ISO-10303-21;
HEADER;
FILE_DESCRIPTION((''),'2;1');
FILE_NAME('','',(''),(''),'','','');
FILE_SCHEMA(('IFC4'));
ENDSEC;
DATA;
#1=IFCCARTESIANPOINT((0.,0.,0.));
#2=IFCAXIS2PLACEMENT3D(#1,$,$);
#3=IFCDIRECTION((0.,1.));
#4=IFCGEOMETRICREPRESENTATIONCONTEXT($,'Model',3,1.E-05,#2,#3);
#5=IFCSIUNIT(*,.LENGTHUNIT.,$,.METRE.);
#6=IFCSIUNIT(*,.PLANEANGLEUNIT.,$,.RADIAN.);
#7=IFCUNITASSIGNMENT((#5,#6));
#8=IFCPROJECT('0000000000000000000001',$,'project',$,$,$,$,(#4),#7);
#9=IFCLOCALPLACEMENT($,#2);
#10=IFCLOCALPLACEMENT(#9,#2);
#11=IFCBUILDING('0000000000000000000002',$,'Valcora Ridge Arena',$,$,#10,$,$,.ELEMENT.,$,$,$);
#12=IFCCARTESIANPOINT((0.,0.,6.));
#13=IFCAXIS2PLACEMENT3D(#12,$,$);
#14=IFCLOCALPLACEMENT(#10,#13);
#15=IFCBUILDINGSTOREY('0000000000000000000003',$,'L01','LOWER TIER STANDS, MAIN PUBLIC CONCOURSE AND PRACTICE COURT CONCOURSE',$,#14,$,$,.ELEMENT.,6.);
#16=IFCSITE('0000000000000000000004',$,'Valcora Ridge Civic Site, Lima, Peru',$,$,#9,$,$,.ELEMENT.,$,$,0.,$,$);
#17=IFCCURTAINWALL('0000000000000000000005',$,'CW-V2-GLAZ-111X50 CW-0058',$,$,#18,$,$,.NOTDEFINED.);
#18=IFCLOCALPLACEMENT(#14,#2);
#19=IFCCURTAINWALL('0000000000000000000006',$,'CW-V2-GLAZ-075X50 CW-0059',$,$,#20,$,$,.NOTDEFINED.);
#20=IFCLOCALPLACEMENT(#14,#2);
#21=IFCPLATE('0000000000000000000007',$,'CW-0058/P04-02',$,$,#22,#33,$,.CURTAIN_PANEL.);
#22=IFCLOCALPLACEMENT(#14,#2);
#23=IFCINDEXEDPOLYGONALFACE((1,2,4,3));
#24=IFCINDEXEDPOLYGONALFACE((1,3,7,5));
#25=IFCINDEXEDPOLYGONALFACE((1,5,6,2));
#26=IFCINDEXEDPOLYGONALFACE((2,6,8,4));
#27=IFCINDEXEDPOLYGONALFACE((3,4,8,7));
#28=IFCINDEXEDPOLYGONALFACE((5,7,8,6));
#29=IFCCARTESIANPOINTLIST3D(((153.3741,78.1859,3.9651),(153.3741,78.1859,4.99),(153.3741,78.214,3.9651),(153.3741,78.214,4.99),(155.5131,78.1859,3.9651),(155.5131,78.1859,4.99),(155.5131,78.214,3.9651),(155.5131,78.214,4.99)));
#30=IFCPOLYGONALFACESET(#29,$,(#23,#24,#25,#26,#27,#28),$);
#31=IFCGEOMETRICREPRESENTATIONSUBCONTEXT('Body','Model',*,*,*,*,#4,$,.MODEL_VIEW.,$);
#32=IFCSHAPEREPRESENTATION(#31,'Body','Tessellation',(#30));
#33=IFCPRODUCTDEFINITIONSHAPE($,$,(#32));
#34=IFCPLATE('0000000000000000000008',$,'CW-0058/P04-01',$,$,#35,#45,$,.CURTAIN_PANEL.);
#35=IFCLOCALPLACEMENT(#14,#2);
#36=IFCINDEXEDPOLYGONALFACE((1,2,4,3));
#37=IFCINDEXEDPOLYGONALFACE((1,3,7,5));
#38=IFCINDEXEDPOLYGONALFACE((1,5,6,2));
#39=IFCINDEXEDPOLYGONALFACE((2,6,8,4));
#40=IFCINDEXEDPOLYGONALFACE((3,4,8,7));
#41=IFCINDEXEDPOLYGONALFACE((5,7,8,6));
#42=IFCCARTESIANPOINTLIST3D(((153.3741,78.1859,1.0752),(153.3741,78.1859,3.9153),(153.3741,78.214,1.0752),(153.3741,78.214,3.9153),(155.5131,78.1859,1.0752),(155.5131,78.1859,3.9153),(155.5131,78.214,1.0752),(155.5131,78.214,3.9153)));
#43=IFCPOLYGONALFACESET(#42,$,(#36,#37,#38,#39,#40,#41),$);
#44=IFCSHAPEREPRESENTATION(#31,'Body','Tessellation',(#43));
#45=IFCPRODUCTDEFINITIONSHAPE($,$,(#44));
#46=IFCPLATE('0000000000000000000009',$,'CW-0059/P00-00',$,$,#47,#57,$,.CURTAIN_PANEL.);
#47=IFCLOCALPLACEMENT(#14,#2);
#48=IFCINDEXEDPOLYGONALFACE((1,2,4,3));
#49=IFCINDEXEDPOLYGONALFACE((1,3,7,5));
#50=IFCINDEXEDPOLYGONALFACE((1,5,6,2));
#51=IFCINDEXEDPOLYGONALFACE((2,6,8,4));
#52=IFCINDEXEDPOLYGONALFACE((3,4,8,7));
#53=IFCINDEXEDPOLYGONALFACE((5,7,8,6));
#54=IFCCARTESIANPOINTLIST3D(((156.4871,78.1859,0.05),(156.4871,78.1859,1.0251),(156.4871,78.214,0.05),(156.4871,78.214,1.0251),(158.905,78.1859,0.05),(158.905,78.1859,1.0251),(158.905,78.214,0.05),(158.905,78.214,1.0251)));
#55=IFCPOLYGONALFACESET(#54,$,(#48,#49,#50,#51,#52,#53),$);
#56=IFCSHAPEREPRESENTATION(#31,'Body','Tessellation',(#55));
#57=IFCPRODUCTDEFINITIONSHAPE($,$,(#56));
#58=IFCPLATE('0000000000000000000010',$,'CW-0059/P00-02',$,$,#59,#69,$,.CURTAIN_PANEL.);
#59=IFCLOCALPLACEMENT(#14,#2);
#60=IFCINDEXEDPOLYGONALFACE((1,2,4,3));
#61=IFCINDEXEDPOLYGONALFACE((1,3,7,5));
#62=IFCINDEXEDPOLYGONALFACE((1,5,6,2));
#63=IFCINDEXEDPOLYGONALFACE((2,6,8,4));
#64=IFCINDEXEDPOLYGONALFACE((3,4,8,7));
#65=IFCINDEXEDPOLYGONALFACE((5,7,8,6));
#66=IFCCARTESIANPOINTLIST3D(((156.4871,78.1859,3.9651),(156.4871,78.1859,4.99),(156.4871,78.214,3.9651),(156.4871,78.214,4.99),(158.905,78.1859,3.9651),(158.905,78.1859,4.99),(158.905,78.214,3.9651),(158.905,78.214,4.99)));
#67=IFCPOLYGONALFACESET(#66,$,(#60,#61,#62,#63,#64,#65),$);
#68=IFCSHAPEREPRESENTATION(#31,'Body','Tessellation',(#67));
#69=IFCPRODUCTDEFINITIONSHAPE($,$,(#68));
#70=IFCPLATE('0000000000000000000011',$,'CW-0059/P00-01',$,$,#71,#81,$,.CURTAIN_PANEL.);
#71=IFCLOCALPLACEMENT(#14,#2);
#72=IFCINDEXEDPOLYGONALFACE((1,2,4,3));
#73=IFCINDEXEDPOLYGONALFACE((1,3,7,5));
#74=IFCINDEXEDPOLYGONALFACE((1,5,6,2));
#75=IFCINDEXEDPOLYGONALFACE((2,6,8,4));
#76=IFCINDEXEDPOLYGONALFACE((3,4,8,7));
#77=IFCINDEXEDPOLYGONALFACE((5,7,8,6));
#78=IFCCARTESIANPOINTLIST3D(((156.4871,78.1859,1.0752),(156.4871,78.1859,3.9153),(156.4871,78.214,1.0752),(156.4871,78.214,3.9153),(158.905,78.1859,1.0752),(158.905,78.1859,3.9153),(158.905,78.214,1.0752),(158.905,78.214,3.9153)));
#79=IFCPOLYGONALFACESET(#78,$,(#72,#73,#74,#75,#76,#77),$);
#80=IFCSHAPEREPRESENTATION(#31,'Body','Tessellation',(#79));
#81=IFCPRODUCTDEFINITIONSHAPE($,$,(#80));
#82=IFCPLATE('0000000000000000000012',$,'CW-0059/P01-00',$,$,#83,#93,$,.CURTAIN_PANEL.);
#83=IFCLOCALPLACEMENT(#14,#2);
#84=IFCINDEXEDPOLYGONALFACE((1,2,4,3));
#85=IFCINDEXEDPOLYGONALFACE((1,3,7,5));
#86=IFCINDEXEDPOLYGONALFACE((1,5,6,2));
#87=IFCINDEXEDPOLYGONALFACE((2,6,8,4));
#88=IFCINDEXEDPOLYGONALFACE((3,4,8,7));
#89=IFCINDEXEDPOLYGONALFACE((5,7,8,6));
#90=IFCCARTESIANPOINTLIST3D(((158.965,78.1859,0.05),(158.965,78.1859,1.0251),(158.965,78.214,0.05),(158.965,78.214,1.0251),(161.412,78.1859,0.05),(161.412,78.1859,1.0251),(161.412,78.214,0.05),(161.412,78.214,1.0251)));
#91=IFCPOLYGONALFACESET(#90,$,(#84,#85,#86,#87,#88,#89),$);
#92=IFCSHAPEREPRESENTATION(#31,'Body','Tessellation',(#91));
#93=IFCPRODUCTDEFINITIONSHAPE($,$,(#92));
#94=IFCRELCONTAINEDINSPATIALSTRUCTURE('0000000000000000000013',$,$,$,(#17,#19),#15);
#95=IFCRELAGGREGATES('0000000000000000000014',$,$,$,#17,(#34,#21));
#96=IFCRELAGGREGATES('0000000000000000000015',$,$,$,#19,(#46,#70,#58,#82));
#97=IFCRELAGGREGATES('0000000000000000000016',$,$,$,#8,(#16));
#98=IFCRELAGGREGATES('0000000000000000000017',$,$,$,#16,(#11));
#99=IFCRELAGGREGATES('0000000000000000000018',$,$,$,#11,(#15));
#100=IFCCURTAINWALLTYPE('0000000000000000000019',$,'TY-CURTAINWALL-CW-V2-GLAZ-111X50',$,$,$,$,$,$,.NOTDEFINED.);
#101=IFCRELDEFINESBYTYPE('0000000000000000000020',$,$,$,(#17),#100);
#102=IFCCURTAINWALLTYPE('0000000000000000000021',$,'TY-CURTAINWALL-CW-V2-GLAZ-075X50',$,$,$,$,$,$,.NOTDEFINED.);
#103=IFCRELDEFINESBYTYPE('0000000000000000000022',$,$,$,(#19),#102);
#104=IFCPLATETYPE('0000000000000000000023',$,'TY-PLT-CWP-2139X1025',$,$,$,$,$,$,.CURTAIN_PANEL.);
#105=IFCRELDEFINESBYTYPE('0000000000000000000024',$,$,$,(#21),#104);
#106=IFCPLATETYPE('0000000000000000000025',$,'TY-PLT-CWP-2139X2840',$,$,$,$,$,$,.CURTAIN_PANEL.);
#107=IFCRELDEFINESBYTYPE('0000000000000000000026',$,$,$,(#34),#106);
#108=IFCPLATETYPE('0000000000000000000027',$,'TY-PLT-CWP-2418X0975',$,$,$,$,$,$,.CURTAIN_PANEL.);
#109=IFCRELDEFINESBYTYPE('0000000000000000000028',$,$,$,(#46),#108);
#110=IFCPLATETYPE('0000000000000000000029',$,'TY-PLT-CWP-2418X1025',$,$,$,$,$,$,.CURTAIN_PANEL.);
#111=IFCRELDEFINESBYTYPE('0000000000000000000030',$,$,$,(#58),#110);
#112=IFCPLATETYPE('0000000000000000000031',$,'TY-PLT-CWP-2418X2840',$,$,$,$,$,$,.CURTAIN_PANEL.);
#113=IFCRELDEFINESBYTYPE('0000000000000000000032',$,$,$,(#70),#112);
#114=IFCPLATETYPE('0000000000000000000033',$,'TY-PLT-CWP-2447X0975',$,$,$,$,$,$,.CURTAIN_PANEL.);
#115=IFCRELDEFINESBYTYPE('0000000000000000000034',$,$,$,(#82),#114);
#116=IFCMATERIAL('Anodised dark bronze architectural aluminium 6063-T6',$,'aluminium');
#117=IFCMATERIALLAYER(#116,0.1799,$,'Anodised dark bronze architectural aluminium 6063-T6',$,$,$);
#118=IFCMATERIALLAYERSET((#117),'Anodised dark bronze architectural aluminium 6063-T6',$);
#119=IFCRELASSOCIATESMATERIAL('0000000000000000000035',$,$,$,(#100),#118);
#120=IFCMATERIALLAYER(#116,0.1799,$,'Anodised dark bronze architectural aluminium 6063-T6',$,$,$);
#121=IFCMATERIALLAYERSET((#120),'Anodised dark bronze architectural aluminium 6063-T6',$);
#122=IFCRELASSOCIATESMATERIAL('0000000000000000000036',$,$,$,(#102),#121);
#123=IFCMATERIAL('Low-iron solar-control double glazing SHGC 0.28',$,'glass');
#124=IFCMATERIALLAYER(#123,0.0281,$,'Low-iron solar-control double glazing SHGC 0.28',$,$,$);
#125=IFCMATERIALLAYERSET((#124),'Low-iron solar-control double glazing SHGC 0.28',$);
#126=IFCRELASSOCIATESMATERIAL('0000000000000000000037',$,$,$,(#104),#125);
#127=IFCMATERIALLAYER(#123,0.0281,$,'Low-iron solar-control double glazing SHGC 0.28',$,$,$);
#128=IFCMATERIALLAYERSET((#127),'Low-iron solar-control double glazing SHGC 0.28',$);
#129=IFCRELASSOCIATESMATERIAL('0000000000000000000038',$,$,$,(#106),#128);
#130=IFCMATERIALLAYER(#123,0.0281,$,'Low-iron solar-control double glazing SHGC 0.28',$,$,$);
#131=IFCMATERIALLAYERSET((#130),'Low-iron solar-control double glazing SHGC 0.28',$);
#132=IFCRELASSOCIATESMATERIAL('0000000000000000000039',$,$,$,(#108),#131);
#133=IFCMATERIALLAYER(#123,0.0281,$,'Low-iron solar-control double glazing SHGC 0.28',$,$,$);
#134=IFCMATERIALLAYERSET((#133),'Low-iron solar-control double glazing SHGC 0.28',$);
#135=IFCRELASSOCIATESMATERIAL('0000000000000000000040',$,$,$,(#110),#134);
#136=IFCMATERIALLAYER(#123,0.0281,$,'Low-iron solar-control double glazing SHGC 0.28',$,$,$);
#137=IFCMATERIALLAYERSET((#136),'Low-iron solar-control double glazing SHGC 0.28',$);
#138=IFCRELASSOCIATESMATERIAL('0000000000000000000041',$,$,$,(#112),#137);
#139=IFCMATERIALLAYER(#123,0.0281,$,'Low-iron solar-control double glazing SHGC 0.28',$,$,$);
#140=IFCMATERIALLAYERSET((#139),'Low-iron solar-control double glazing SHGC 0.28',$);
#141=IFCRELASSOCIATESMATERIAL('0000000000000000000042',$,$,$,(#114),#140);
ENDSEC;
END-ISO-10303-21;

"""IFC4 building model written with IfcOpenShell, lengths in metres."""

from ifc_helpers import new_model, si_unit, direction, frame, origin, origin_2d, place, context, subcontext, project, spatial, rectangle, extrude, material, layer, layer_set, type_object, element, aggregate, save


model = new_model("IFC4")

# Units and contexts
model_context = context("Model", 3, precision=1e-05, world=origin(), true_north=direction((0.0, 1.0)))
body_context = subcontext(model_context, "Body", "Model", "MODEL_VIEW")
ifc_project = project(units=[si_unit("LENGTHUNIT", "METRE"), si_unit("PLANEANGLEUNIT", "RADIAN")], contexts=[model_context])

# Site, building, storey
site_placement = place(None, origin())
site = spatial("IfcSite", under=ifc_project, at=site_placement, Name="Valcora Ridge Civic Site, Lima, Peru", CompositionType="ELEMENT", RefElevation=0.0)
building_placement = place(site_placement, origin())
building = spatial("IfcBuilding", under=site, at=building_placement, Name="Valcora Ridge Arena", CompositionType="ELEMENT")
storey_placement = place(building_placement, frame((0.0, 0.0, 6.0)))
storey = spatial("IfcBuildingStorey", under=building, at=storey_placement, Name="L01", Description="LOWER TIER STANDS, MAIN PUBLIC CONCOURSE AND PRACTICE COURT CONCOURSE", CompositionType="ELEMENT", Elevation=6.0)

# Curtain wall
ifc_material_1 = material(Name="Anodised dark bronze architectural aluminium 6063-T6", Category="aluminium")
ifc_layer_1 = layer(ifc_material_1, 0.1799, Name="Anodised dark bronze architectural aluminium 6063-T6")
ifc_layer_set_1 = layer_set([ifc_layer_1], Name="Anodised dark bronze architectural aluminium 6063-T6")
curtain_wall_type_1 = type_object("IfcCurtainWallType", Name="TY-CURTAINWALL-CW-V2-GLAZ-111X50", PredefinedType="NOTDEFINED", material=ifc_layer_set_1)
curtain_wall_1_placement = place(storey_placement, origin())
curtain_wall_1 = element("IfcCurtainWall", 1, at=curtain_wall_1_placement, inside=storey, type_object=curtain_wall_type_1, Name="CW-V2-GLAZ-111X50 CW-0058", PredefinedType="NOTDEFINED")

# Curtain wall
ifc_layer_2 = layer(ifc_material_1, 0.1799, Name="Anodised dark bronze architectural aluminium 6063-T6")
ifc_layer_set_2 = layer_set([ifc_layer_2], Name="Anodised dark bronze architectural aluminium 6063-T6")
curtain_wall_type_2 = type_object("IfcCurtainWallType", Name="TY-CURTAINWALL-CW-V2-GLAZ-075X50", PredefinedType="NOTDEFINED", material=ifc_layer_set_2)
curtain_wall_2_placement = place(storey_placement, origin())
curtain_wall_2 = element("IfcCurtainWall", 2, at=curtain_wall_2_placement, inside=storey, type_object=curtain_wall_type_2, Name="CW-V2-GLAZ-075X50 CW-0059", PredefinedType="NOTDEFINED")

# Plates
ifc_material_2 = material(Name="Low-iron solar-control double glazing SHGC 0.28", Category="glass")
ifc_layer_3 = layer(ifc_material_2, 0.0281, Name="Low-iron solar-control double glazing SHGC 0.28")
ifc_layer_set_3 = layer_set([ifc_layer_3], Name="Low-iron solar-control double glazing SHGC 0.28")
plate_type_1 = type_object("IfcPlateType", Name="TY-PLT-CWP-2139X1025", PredefinedType="CURTAIN_PANEL", material=ifc_layer_set_3)
plate_1_placement = place(storey_placement, frame((154.4436, 78.2, 3.9651), z_axis=(0.0, 0.0, 1.0), x_axis=(1.0, 0.0, 0.0)))
plate_1 = element("IfcPlate", 3, at=plate_1_placement, type_object=plate_type_1, Name="CW-0058/P04-02", PredefinedType="CURTAIN_PANEL", context=body_context, shape_type="SweptSolid", body=[
    extrude(rectangle(XDim=2.1389, YDim=0.0281, at=origin_2d()), origin(), (0.0, 0.0, 1.0), 1.0249),
])
ifc_layer_4 = layer(ifc_material_2, 0.0281, Name="Low-iron solar-control double glazing SHGC 0.28")
ifc_layer_set_4 = layer_set([ifc_layer_4], Name="Low-iron solar-control double glazing SHGC 0.28")
plate_type_2 = type_object("IfcPlateType", Name="TY-PLT-CWP-2139X2840", PredefinedType="CURTAIN_PANEL", material=ifc_layer_set_4)
plate_2_placement = place(storey_placement, frame((154.4436, 78.2, 1.0752), z_axis=(0.0, 0.0, 1.0), x_axis=(1.0, 0.0, 0.0)))
plate_2 = element("IfcPlate", 4, at=plate_2_placement, type_object=plate_type_2, Name="CW-0058/P04-01", PredefinedType="CURTAIN_PANEL", context=body_context, shape_type="SweptSolid", body=[
    extrude(rectangle(XDim=2.1389, YDim=0.0281, at=origin_2d()), origin(), (0.0, 0.0, 1.0), 2.8401),
])
aggregate(curtain_wall_1, [plate_2, plate_1])
ifc_layer_5 = layer(ifc_material_2, 0.0281, Name="Low-iron solar-control double glazing SHGC 0.28")
ifc_layer_set_5 = layer_set([ifc_layer_5], Name="Low-iron solar-control double glazing SHGC 0.28")
plate_type_3 = type_object("IfcPlateType", Name="TY-PLT-CWP-2418X0975", PredefinedType="CURTAIN_PANEL", material=ifc_layer_set_5)
plate_3_placement = place(storey_placement, frame((157.696, 78.2, 0.05), z_axis=(0.0, 0.0, 1.0), x_axis=(1.0, 0.0, 0.0)))
plate_3 = element("IfcPlate", 5, at=plate_3_placement, type_object=plate_type_3, Name="CW-0059/P00-00", PredefinedType="CURTAIN_PANEL", context=body_context, shape_type="SweptSolid", body=[
    extrude(rectangle(XDim=2.418, YDim=0.0281, at=origin_2d()), origin(), (0.0, 0.0, 1.0), 0.9751),
])
ifc_layer_6 = layer(ifc_material_2, 0.0281, Name="Low-iron solar-control double glazing SHGC 0.28")
ifc_layer_set_6 = layer_set([ifc_layer_6], Name="Low-iron solar-control double glazing SHGC 0.28")
plate_type_4 = type_object("IfcPlateType", Name="TY-PLT-CWP-2418X1025", PredefinedType="CURTAIN_PANEL", material=ifc_layer_set_6)
plate_4_placement = place(storey_placement, frame((157.696, 78.2, 3.9651), z_axis=(0.0, 0.0, 1.0), x_axis=(1.0, 0.0, 0.0)))
plate_4 = element("IfcPlate", 6, at=plate_4_placement, type_object=plate_type_4, Name="CW-0059/P00-02", PredefinedType="CURTAIN_PANEL", context=body_context, shape_type="SweptSolid", body=[
    extrude(rectangle(XDim=2.418, YDim=0.0281, at=origin_2d()), origin(), (0.0, 0.0, 1.0), 1.0249),
])
ifc_layer_7 = layer(ifc_material_2, 0.0281, Name="Low-iron solar-control double glazing SHGC 0.28")
ifc_layer_set_7 = layer_set([ifc_layer_7], Name="Low-iron solar-control double glazing SHGC 0.28")
plate_type_5 = type_object("IfcPlateType", Name="TY-PLT-CWP-2418X2840", PredefinedType="CURTAIN_PANEL", material=ifc_layer_set_7)
plate_5_placement = place(storey_placement, frame((157.696, 78.2, 1.0752), z_axis=(0.0, 0.0, 1.0), x_axis=(1.0, 0.0, 0.0)))
plate_5 = element("IfcPlate", 7, at=plate_5_placement, type_object=plate_type_5, Name="CW-0059/P00-01", PredefinedType="CURTAIN_PANEL", context=body_context, shape_type="SweptSolid", body=[
    extrude(rectangle(XDim=2.418, YDim=0.0281, at=origin_2d()), origin(), (0.0, 0.0, 1.0), 2.8401),
])
ifc_layer_8 = layer(ifc_material_2, 0.0281, Name="Low-iron solar-control double glazing SHGC 0.28")
ifc_layer_set_8 = layer_set([ifc_layer_8], Name="Low-iron solar-control double glazing SHGC 0.28")
plate_type_6 = type_object("IfcPlateType", Name="TY-PLT-CWP-2447X0975", PredefinedType="CURTAIN_PANEL", material=ifc_layer_set_8)
plate_6_placement = place(storey_placement, frame((160.1885, 78.2, 0.05), z_axis=(0.0, 0.0, 1.0), x_axis=(1.0, 0.0, 0.0)))
plate_6 = element("IfcPlate", 8, at=plate_6_placement, type_object=plate_type_6, Name="CW-0059/P01-00", PredefinedType="CURTAIN_PANEL", context=body_context, shape_type="SweptSolid", body=[
    extrude(rectangle(XDim=2.447, YDim=0.0281, at=origin_2d()), origin(), (0.0, 0.0, 1.0), 0.9751),
])
aggregate(curtain_wall_2, [plate_3, plate_5, plate_4, plate_6])

save(model, "model.ifc")
